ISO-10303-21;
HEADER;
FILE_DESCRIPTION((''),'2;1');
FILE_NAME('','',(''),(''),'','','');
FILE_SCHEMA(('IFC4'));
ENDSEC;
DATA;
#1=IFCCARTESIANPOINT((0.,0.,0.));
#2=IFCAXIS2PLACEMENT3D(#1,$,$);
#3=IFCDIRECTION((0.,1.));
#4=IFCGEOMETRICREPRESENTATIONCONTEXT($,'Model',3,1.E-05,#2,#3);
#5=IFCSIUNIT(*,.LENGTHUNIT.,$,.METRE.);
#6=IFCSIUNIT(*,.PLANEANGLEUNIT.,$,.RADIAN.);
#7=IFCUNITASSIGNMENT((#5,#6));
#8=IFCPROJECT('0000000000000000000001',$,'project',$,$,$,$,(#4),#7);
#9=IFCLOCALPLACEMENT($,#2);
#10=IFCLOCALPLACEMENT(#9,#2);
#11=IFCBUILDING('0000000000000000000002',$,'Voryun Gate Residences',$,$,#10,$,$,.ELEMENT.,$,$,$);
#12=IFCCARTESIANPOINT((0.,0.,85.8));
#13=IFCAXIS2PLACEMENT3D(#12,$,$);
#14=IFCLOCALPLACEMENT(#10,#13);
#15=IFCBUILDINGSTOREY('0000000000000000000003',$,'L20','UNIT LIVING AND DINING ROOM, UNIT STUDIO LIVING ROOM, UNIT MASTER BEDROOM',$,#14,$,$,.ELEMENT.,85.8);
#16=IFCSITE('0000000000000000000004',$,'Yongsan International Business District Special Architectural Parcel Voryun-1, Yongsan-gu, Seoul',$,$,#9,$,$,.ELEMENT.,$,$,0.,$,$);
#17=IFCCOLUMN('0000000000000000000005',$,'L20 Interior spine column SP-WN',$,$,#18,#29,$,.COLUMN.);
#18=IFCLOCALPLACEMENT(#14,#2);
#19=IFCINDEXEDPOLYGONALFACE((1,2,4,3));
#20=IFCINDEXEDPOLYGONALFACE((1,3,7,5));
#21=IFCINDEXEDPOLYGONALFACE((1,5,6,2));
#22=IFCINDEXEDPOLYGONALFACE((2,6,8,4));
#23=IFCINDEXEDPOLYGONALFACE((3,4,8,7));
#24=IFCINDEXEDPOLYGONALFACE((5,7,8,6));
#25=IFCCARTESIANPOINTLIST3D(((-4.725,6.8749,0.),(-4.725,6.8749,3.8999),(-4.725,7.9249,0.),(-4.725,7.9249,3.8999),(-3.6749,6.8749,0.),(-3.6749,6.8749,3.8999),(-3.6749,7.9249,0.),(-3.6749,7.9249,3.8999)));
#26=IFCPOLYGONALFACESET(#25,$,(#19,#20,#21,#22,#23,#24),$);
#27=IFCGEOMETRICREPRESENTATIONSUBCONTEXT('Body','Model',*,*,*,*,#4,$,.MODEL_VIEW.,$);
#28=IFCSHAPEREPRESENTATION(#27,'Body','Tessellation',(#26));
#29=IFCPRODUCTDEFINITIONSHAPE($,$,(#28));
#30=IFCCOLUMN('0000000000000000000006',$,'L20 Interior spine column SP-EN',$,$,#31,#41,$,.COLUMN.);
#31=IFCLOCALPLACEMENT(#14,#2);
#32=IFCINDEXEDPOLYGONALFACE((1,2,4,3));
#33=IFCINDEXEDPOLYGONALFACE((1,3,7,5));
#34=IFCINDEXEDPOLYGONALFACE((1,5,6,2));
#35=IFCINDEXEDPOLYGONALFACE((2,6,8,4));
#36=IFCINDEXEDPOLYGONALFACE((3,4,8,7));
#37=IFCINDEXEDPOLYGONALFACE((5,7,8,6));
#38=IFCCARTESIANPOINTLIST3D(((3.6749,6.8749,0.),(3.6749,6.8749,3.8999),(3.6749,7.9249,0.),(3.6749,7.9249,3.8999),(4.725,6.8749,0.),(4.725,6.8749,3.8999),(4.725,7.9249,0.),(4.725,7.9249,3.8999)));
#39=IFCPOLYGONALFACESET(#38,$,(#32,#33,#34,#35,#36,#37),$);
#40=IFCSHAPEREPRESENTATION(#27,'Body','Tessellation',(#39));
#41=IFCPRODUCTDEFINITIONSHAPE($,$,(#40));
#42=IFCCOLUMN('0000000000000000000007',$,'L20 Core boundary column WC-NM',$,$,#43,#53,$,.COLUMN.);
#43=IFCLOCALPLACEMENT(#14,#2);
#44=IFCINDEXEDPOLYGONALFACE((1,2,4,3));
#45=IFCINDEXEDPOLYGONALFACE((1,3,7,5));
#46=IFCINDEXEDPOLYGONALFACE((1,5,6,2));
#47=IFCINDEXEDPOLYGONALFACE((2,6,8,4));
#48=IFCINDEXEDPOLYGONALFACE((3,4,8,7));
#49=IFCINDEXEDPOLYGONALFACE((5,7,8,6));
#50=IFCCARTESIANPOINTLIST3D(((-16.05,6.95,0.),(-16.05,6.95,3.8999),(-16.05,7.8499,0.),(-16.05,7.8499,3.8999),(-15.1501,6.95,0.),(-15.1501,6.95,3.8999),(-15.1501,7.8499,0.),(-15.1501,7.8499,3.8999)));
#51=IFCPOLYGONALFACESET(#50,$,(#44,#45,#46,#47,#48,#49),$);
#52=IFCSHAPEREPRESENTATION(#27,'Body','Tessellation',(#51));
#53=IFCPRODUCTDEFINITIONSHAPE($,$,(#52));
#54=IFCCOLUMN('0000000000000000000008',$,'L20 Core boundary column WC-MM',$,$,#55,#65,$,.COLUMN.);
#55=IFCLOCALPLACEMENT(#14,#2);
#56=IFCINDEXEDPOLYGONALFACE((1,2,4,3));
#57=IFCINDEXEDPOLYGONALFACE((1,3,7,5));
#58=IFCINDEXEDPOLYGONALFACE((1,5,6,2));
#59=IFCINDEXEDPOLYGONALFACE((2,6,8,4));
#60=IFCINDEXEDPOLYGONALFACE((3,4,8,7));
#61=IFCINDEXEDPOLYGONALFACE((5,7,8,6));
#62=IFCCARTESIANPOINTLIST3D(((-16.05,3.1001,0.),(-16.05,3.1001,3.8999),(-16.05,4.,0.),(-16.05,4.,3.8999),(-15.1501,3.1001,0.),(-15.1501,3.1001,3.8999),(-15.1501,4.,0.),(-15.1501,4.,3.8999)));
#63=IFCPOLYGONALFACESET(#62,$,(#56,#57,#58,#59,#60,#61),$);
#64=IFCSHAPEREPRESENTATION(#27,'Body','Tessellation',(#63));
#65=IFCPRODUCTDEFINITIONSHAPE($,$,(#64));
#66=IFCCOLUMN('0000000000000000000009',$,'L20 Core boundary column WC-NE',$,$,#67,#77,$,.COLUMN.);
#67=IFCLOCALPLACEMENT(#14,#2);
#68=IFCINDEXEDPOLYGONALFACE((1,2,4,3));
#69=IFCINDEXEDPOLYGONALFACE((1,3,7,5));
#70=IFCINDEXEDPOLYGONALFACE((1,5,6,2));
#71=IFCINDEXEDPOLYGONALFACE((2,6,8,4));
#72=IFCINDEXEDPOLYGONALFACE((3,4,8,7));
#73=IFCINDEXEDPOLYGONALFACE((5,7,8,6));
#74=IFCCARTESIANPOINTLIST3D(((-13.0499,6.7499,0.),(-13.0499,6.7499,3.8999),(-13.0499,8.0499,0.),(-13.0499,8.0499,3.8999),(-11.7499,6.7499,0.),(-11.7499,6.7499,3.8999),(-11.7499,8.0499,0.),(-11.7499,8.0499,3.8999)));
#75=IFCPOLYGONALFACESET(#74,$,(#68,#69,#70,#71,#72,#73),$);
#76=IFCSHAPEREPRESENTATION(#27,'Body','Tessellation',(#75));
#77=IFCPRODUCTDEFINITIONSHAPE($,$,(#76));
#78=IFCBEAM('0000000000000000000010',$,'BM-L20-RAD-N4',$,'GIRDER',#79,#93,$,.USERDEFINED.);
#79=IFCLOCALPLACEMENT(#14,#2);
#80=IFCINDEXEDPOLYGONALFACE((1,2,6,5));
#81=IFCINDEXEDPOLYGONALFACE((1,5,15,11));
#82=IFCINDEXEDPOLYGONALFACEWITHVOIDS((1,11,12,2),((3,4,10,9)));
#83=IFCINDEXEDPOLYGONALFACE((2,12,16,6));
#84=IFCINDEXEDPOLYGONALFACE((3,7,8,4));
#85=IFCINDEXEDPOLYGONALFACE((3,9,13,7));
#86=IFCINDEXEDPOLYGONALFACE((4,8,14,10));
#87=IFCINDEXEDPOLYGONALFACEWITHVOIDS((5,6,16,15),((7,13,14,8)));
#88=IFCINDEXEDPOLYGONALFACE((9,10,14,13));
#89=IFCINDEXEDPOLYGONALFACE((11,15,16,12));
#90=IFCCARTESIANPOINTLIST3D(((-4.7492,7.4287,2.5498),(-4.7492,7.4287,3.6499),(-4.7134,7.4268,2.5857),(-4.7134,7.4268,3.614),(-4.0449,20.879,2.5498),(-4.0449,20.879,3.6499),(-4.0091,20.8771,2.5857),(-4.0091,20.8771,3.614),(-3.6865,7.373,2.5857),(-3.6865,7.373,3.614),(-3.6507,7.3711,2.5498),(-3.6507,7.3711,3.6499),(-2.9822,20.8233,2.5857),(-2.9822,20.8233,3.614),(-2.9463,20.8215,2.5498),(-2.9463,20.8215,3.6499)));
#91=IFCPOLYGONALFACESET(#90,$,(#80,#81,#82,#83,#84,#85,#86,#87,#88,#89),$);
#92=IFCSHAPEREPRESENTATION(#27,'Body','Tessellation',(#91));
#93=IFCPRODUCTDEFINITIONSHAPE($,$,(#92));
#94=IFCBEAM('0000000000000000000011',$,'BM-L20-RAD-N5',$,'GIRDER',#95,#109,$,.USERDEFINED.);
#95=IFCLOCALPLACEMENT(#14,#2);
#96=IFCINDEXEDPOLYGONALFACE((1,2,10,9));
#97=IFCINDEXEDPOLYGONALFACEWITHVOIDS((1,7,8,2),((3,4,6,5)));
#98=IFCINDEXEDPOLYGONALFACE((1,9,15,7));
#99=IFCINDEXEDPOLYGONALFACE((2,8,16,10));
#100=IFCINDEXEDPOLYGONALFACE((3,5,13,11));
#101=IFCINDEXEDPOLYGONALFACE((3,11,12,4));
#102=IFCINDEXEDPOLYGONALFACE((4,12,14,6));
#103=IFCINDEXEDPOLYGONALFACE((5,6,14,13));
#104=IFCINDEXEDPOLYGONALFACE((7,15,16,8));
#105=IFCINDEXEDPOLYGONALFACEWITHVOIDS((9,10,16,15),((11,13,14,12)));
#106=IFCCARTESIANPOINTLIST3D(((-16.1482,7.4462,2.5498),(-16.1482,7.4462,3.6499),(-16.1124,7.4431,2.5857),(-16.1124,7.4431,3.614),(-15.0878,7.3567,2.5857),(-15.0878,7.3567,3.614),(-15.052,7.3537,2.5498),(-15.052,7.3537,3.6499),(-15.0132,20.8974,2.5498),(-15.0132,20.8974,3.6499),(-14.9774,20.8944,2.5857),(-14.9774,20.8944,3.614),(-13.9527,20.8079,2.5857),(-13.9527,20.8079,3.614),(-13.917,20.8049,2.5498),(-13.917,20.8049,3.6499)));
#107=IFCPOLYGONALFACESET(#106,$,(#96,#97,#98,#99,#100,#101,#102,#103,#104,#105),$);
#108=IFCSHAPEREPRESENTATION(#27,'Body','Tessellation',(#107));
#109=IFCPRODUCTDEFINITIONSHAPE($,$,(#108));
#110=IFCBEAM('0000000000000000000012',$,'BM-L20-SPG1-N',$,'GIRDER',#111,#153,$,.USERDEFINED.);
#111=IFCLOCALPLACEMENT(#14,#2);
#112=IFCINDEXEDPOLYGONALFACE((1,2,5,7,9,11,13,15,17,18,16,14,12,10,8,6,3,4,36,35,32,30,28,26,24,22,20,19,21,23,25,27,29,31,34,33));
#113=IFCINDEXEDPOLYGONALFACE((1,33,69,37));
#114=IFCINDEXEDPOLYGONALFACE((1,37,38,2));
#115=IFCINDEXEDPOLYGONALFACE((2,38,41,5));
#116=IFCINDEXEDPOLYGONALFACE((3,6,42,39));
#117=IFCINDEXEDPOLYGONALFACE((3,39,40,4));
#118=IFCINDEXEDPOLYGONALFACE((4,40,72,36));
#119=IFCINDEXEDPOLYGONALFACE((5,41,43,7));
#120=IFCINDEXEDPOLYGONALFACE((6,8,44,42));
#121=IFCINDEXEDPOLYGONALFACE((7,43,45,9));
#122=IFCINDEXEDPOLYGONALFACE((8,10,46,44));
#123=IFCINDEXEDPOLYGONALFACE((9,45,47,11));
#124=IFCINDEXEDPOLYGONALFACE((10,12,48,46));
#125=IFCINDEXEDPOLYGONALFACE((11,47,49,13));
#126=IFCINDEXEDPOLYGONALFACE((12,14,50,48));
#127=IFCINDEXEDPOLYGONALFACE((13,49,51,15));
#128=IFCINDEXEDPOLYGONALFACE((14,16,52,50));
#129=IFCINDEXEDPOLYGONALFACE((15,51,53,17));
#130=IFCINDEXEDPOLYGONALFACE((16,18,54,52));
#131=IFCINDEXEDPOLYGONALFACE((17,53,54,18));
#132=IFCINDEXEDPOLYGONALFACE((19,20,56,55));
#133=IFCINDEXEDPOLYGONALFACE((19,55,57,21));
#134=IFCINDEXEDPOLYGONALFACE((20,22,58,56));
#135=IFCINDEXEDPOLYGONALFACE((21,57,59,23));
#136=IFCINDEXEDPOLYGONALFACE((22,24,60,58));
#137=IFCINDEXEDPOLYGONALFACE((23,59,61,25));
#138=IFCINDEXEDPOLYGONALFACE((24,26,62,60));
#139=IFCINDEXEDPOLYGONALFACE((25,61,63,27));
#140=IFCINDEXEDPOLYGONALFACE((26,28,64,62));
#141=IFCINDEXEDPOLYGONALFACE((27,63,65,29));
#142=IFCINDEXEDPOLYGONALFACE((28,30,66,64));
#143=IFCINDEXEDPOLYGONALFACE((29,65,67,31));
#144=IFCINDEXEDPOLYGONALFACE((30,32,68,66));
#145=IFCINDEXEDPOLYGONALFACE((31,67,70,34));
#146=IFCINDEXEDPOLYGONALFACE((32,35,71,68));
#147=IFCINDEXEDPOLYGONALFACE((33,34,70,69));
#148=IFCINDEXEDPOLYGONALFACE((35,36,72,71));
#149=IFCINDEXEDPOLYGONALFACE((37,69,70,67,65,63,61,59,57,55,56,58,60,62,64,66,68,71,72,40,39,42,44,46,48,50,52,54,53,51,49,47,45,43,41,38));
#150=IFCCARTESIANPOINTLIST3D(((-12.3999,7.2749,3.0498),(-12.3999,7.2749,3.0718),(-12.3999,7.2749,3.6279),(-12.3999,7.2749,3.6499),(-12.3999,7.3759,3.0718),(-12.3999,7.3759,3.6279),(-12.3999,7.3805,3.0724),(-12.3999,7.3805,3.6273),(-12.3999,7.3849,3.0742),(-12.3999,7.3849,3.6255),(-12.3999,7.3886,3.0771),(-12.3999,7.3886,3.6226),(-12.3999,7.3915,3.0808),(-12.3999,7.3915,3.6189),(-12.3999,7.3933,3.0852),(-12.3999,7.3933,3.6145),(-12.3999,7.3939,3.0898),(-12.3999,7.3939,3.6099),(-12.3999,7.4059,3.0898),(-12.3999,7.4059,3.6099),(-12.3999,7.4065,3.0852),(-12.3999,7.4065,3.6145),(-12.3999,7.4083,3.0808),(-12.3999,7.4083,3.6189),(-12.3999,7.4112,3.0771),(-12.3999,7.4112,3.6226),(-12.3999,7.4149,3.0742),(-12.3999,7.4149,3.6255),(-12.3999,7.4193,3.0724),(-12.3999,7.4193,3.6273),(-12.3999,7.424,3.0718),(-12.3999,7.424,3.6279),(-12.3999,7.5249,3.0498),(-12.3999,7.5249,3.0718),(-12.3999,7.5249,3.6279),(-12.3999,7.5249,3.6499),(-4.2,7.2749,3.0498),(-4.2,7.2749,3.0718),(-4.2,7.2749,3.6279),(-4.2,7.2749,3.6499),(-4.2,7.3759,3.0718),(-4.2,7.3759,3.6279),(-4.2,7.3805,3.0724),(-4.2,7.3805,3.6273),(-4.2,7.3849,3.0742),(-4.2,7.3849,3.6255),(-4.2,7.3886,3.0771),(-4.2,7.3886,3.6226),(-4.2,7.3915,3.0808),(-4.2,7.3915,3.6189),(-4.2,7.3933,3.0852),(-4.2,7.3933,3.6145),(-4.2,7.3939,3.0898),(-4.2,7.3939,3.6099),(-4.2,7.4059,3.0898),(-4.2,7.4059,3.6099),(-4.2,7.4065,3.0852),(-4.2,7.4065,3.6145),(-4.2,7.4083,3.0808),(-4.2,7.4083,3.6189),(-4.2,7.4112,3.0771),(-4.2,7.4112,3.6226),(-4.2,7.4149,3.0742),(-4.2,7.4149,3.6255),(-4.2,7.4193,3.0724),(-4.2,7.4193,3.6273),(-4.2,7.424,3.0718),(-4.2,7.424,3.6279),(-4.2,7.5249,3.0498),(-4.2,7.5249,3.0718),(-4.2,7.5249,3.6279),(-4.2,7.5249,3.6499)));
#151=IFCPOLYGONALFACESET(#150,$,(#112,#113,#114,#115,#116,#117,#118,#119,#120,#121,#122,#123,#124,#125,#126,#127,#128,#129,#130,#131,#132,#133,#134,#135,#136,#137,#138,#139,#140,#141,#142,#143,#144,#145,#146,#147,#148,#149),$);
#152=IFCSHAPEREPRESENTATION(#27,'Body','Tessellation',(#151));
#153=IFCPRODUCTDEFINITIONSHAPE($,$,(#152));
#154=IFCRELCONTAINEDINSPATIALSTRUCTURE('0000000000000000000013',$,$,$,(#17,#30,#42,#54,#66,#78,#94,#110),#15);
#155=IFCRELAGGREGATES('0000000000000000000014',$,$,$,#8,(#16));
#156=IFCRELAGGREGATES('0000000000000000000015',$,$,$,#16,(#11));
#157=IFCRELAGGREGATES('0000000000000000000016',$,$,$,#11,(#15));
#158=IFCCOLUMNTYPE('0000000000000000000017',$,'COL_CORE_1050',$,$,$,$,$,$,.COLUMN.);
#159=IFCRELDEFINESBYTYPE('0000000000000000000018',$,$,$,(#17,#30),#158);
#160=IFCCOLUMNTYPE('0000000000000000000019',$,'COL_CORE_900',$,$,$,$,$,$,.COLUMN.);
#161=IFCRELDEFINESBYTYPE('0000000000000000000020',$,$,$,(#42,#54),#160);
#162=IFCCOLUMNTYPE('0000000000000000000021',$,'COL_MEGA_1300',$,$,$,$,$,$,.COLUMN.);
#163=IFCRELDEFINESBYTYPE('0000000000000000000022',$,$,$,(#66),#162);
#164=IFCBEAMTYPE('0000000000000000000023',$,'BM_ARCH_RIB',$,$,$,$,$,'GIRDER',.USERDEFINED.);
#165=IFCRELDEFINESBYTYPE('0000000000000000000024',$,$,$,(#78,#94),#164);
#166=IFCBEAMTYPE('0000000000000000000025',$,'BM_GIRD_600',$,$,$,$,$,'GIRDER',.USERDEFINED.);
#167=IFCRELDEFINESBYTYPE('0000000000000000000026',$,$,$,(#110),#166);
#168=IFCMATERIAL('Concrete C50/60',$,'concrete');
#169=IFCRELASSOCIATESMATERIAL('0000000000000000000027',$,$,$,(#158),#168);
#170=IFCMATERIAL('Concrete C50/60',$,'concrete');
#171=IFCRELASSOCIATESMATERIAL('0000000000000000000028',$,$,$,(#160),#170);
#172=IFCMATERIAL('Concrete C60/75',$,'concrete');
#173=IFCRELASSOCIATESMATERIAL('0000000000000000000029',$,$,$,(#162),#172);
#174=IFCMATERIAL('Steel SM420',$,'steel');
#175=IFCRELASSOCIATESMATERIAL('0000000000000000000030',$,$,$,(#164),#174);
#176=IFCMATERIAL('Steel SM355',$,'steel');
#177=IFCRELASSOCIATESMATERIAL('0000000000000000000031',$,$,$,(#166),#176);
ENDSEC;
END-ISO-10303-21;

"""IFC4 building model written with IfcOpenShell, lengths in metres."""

from ifc_helpers import new_model, si_unit, direction, frame, origin, origin_2d, place, context, subcontext, project, spatial, rectangle, hollow_rectangle, i_section, extrude, material, material_profile, profile_set, type_object, element, save


model = new_model("IFC4")

# Units and contexts
model_context = context("Model", 3, precision=1e-05, world=origin(), true_north=direction((0.0, 1.0)))
body_context = subcontext(model_context, "Body", "Model", "MODEL_VIEW")
ifc_project = project(units=[si_unit("LENGTHUNIT", "METRE"), si_unit("PLANEANGLEUNIT", "RADIAN")], contexts=[model_context])

# Site, building, storey
site_placement = place(None, origin())
site = spatial("IfcSite", under=ifc_project, at=site_placement, Name="Yongsan International Business District Special Architectural Parcel Voryun-1, Yongsan-gu, Seoul", CompositionType="ELEMENT", RefElevation=0.0)
building_placement = place(site_placement, origin())
building = spatial("IfcBuilding", under=site, at=building_placement, Name="Voryun Gate Residences", CompositionType="ELEMENT")
storey_placement = place(building_placement, frame((0.0, 0.0, 85.8)))
storey = spatial("IfcBuildingStorey", under=building, at=storey_placement, Name="L20", Description="UNIT LIVING AND DINING ROOM, UNIT STUDIO LIVING ROOM, UNIT MASTER BEDROOM", CompositionType="ELEMENT", Elevation=85.8)

# Columns
ifc_material_1 = material(Name="Concrete C50/60", Category="concrete")
ifc_material_profile_1 = material_profile(ifc_material_1, rectangle(XDim=1.05, YDim=1.05, at=origin_2d()), Name="RC-1050x1050")
ifc_profile_set_1 = profile_set([ifc_material_profile_1], Name="Concrete C50/60")
column_type_1 = type_object("IfcColumnType", Name="COL_CORE_1050", PredefinedType="COLUMN", material=ifc_profile_set_1)
for number, where, z_axis, x_axis, name in (
    (1, (-4.2, 7.3999, 0.0), (0.0, 0.0, 1.0), (1.0, 0.0, 0.0), "L20 Interior spine column SP-WN"),
    (2, (4.2, 7.3999, 0.0), (0.0, 0.0, 1.0), (1.0, 0.0, 0.0), "L20 Interior spine column SP-EN"),
):
    element("IfcColumn", number, at=place(storey_placement, frame(where, z_axis=z_axis, x_axis=x_axis)), inside=storey, type_object=column_type_1, Name=name, PredefinedType="COLUMN", context=body_context, shape_type="SweptSolid", body=[
        extrude(rectangle(XDim=1.05, YDim=1.05, at=origin_2d()), origin(), (0.0, 0.0, 1.0), 3.8999),
    ])
ifc_material_2 = material(Name="Concrete C50/60", Category="concrete")
ifc_material_profile_2 = material_profile(ifc_material_2, rectangle(XDim=0.8999, YDim=0.8999, at=origin_2d()), Name="RC-900x900")
ifc_profile_set_2 = profile_set([ifc_material_profile_2], Name="Concrete C50/60")
column_type_2 = type_object("IfcColumnType", Name="COL_CORE_900", PredefinedType="COLUMN", material=ifc_profile_set_2)
for number, where, z_axis, x_axis, name in (
    (3, (-15.6001, 7.3999, 0.0), (0.0, 0.0, 1.0), (1.0, 0.0, 0.0), "L20 Core boundary column WC-NM"),
    (4, (-15.6001, 3.55, 0.0), (0.0, 0.0, 1.0), (1.0, 0.0, 0.0), "L20 Core boundary column WC-MM"),
):
    element("IfcColumn", number, at=place(storey_placement, frame(where, z_axis=z_axis, x_axis=x_axis)), inside=storey, type_object=column_type_2, Name=name, PredefinedType="COLUMN", context=body_context, shape_type="SweptSolid", body=[
        extrude(rectangle(XDim=0.8999, YDim=0.8999, at=origin_2d()), origin(), (0.0, 0.0, 1.0), 3.8999),
    ])
ifc_material_3 = material(Name="Concrete C60/75", Category="concrete")
ifc_material_profile_3 = material_profile(ifc_material_3, rectangle(XDim=1.3, YDim=1.3, at=origin_2d()), Name="RC-1300x1300")
ifc_profile_set_3 = profile_set([ifc_material_profile_3], Name="Concrete C60/75")
column_type_3 = type_object("IfcColumnType", Name="COL_MEGA_1300", PredefinedType="COLUMN", material=ifc_profile_set_3)
column_placement = place(storey_placement, frame((-12.3999, 7.3999, 0.0), z_axis=(0.0, 0.0, 1.0), x_axis=(1.0, 0.0, 0.0)))
element("IfcColumn", 5, at=column_placement, inside=storey, type_object=column_type_3, Name="L20 Core boundary column WC-NE", PredefinedType="COLUMN", context=body_context, shape_type="SweptSolid", body=[
    extrude(rectangle(XDim=1.3, YDim=1.3, at=origin_2d()), origin(), (0.0, 0.0, 1.0), 3.8999),
])

# Beams
ifc_material_4 = material(Name="Steel SM420", Category="steel")
ifc_material_profile_4 = material_profile(ifc_material_4, hollow_rectangle(XDim=1.1001, YDim=1.1001, WallThickness=0.0359, at=origin_2d()), Name="BOX-1100x1100x36")
ifc_profile_set_4 = profile_set([ifc_material_profile_4], Name="Steel SM420")
beam_type_1 = type_object("IfcBeamType", Name="BM_ARCH_RIB", ElementType="GIRDER", PredefinedType="USERDEFINED", material=ifc_profile_set_4)
beam_1_placement = place(storey_placement, frame((-4.2, 7.3999, 3.0999), z_axis=(0.052294, 0.998632, 0.0), x_axis=(-0.998632, 0.052294, 0.0)))
element("IfcBeam", 6, at=beam_1_placement, inside=storey, type_object=beam_type_1, Name="BM-L20-RAD-N4", ObjectType="GIRDER", PredefinedType="USERDEFINED", context=body_context, shape_type="SweptSolid", body=[
    extrude(hollow_rectangle(XDim=1.1001, YDim=1.1001, WallThickness=0.0359, at=origin_2d()), origin(), (0.0, 0.0, 1.0), 13.4688),
])
beam_2_placement = place(storey_placement, frame((-15.6001, 7.3999, 3.0999), z_axis=(0.084081, 0.996459, 0.0), x_axis=(-0.996459, 0.084081, 0.0)))
element("IfcBeam", 7, at=beam_2_placement, inside=storey, type_object=beam_type_1, Name="BM-L20-RAD-N5", ObjectType="GIRDER", PredefinedType="USERDEFINED", context=body_context, shape_type="SweptSolid", body=[
    extrude(hollow_rectangle(XDim=1.1001, YDim=1.1001, WallThickness=0.0359, at=origin_2d()), origin(), (0.0, 0.0, 1.0), 13.499),
])
ifc_material_5 = material(Name="Steel SM355", Category="steel")
ifc_material_profile_5 = material_profile(ifc_material_5, i_section(OverallWidth=0.25, OverallDepth=0.6001, WebThickness=0.012, FlangeThickness=0.022, FilletRadius=0.0181, at=origin_2d()), Name="H-600x250x12x22")
ifc_profile_set_5 = profile_set([ifc_material_profile_5], Name="Steel SM355")
beam_type_2 = type_object("IfcBeamType", Name="BM_GIRD_600", ElementType="GIRDER", PredefinedType="USERDEFINED", material=ifc_profile_set_5)
beam_3_placement = place(storey_placement, frame((-12.3999, 7.3999, 3.3499), z_axis=(1.0, 0.0, 0.0), x_axis=(0.0, 1.0, 0.0)))
element("IfcBeam", 8, at=beam_3_placement, inside=storey, type_object=beam_type_2, Name="BM-L20-SPG1-N", ObjectType="GIRDER", PredefinedType="USERDEFINED", context=body_context, shape_type="SweptSolid", body=[
    extrude(i_section(OverallWidth=0.25, OverallDepth=0.6001, WebThickness=0.012, FlangeThickness=0.022, FilletRadius=0.0181, at=origin_2d()), origin(), (0.0, 0.0, 1.0), 8.2),
])

save(model, "model.ifc")
